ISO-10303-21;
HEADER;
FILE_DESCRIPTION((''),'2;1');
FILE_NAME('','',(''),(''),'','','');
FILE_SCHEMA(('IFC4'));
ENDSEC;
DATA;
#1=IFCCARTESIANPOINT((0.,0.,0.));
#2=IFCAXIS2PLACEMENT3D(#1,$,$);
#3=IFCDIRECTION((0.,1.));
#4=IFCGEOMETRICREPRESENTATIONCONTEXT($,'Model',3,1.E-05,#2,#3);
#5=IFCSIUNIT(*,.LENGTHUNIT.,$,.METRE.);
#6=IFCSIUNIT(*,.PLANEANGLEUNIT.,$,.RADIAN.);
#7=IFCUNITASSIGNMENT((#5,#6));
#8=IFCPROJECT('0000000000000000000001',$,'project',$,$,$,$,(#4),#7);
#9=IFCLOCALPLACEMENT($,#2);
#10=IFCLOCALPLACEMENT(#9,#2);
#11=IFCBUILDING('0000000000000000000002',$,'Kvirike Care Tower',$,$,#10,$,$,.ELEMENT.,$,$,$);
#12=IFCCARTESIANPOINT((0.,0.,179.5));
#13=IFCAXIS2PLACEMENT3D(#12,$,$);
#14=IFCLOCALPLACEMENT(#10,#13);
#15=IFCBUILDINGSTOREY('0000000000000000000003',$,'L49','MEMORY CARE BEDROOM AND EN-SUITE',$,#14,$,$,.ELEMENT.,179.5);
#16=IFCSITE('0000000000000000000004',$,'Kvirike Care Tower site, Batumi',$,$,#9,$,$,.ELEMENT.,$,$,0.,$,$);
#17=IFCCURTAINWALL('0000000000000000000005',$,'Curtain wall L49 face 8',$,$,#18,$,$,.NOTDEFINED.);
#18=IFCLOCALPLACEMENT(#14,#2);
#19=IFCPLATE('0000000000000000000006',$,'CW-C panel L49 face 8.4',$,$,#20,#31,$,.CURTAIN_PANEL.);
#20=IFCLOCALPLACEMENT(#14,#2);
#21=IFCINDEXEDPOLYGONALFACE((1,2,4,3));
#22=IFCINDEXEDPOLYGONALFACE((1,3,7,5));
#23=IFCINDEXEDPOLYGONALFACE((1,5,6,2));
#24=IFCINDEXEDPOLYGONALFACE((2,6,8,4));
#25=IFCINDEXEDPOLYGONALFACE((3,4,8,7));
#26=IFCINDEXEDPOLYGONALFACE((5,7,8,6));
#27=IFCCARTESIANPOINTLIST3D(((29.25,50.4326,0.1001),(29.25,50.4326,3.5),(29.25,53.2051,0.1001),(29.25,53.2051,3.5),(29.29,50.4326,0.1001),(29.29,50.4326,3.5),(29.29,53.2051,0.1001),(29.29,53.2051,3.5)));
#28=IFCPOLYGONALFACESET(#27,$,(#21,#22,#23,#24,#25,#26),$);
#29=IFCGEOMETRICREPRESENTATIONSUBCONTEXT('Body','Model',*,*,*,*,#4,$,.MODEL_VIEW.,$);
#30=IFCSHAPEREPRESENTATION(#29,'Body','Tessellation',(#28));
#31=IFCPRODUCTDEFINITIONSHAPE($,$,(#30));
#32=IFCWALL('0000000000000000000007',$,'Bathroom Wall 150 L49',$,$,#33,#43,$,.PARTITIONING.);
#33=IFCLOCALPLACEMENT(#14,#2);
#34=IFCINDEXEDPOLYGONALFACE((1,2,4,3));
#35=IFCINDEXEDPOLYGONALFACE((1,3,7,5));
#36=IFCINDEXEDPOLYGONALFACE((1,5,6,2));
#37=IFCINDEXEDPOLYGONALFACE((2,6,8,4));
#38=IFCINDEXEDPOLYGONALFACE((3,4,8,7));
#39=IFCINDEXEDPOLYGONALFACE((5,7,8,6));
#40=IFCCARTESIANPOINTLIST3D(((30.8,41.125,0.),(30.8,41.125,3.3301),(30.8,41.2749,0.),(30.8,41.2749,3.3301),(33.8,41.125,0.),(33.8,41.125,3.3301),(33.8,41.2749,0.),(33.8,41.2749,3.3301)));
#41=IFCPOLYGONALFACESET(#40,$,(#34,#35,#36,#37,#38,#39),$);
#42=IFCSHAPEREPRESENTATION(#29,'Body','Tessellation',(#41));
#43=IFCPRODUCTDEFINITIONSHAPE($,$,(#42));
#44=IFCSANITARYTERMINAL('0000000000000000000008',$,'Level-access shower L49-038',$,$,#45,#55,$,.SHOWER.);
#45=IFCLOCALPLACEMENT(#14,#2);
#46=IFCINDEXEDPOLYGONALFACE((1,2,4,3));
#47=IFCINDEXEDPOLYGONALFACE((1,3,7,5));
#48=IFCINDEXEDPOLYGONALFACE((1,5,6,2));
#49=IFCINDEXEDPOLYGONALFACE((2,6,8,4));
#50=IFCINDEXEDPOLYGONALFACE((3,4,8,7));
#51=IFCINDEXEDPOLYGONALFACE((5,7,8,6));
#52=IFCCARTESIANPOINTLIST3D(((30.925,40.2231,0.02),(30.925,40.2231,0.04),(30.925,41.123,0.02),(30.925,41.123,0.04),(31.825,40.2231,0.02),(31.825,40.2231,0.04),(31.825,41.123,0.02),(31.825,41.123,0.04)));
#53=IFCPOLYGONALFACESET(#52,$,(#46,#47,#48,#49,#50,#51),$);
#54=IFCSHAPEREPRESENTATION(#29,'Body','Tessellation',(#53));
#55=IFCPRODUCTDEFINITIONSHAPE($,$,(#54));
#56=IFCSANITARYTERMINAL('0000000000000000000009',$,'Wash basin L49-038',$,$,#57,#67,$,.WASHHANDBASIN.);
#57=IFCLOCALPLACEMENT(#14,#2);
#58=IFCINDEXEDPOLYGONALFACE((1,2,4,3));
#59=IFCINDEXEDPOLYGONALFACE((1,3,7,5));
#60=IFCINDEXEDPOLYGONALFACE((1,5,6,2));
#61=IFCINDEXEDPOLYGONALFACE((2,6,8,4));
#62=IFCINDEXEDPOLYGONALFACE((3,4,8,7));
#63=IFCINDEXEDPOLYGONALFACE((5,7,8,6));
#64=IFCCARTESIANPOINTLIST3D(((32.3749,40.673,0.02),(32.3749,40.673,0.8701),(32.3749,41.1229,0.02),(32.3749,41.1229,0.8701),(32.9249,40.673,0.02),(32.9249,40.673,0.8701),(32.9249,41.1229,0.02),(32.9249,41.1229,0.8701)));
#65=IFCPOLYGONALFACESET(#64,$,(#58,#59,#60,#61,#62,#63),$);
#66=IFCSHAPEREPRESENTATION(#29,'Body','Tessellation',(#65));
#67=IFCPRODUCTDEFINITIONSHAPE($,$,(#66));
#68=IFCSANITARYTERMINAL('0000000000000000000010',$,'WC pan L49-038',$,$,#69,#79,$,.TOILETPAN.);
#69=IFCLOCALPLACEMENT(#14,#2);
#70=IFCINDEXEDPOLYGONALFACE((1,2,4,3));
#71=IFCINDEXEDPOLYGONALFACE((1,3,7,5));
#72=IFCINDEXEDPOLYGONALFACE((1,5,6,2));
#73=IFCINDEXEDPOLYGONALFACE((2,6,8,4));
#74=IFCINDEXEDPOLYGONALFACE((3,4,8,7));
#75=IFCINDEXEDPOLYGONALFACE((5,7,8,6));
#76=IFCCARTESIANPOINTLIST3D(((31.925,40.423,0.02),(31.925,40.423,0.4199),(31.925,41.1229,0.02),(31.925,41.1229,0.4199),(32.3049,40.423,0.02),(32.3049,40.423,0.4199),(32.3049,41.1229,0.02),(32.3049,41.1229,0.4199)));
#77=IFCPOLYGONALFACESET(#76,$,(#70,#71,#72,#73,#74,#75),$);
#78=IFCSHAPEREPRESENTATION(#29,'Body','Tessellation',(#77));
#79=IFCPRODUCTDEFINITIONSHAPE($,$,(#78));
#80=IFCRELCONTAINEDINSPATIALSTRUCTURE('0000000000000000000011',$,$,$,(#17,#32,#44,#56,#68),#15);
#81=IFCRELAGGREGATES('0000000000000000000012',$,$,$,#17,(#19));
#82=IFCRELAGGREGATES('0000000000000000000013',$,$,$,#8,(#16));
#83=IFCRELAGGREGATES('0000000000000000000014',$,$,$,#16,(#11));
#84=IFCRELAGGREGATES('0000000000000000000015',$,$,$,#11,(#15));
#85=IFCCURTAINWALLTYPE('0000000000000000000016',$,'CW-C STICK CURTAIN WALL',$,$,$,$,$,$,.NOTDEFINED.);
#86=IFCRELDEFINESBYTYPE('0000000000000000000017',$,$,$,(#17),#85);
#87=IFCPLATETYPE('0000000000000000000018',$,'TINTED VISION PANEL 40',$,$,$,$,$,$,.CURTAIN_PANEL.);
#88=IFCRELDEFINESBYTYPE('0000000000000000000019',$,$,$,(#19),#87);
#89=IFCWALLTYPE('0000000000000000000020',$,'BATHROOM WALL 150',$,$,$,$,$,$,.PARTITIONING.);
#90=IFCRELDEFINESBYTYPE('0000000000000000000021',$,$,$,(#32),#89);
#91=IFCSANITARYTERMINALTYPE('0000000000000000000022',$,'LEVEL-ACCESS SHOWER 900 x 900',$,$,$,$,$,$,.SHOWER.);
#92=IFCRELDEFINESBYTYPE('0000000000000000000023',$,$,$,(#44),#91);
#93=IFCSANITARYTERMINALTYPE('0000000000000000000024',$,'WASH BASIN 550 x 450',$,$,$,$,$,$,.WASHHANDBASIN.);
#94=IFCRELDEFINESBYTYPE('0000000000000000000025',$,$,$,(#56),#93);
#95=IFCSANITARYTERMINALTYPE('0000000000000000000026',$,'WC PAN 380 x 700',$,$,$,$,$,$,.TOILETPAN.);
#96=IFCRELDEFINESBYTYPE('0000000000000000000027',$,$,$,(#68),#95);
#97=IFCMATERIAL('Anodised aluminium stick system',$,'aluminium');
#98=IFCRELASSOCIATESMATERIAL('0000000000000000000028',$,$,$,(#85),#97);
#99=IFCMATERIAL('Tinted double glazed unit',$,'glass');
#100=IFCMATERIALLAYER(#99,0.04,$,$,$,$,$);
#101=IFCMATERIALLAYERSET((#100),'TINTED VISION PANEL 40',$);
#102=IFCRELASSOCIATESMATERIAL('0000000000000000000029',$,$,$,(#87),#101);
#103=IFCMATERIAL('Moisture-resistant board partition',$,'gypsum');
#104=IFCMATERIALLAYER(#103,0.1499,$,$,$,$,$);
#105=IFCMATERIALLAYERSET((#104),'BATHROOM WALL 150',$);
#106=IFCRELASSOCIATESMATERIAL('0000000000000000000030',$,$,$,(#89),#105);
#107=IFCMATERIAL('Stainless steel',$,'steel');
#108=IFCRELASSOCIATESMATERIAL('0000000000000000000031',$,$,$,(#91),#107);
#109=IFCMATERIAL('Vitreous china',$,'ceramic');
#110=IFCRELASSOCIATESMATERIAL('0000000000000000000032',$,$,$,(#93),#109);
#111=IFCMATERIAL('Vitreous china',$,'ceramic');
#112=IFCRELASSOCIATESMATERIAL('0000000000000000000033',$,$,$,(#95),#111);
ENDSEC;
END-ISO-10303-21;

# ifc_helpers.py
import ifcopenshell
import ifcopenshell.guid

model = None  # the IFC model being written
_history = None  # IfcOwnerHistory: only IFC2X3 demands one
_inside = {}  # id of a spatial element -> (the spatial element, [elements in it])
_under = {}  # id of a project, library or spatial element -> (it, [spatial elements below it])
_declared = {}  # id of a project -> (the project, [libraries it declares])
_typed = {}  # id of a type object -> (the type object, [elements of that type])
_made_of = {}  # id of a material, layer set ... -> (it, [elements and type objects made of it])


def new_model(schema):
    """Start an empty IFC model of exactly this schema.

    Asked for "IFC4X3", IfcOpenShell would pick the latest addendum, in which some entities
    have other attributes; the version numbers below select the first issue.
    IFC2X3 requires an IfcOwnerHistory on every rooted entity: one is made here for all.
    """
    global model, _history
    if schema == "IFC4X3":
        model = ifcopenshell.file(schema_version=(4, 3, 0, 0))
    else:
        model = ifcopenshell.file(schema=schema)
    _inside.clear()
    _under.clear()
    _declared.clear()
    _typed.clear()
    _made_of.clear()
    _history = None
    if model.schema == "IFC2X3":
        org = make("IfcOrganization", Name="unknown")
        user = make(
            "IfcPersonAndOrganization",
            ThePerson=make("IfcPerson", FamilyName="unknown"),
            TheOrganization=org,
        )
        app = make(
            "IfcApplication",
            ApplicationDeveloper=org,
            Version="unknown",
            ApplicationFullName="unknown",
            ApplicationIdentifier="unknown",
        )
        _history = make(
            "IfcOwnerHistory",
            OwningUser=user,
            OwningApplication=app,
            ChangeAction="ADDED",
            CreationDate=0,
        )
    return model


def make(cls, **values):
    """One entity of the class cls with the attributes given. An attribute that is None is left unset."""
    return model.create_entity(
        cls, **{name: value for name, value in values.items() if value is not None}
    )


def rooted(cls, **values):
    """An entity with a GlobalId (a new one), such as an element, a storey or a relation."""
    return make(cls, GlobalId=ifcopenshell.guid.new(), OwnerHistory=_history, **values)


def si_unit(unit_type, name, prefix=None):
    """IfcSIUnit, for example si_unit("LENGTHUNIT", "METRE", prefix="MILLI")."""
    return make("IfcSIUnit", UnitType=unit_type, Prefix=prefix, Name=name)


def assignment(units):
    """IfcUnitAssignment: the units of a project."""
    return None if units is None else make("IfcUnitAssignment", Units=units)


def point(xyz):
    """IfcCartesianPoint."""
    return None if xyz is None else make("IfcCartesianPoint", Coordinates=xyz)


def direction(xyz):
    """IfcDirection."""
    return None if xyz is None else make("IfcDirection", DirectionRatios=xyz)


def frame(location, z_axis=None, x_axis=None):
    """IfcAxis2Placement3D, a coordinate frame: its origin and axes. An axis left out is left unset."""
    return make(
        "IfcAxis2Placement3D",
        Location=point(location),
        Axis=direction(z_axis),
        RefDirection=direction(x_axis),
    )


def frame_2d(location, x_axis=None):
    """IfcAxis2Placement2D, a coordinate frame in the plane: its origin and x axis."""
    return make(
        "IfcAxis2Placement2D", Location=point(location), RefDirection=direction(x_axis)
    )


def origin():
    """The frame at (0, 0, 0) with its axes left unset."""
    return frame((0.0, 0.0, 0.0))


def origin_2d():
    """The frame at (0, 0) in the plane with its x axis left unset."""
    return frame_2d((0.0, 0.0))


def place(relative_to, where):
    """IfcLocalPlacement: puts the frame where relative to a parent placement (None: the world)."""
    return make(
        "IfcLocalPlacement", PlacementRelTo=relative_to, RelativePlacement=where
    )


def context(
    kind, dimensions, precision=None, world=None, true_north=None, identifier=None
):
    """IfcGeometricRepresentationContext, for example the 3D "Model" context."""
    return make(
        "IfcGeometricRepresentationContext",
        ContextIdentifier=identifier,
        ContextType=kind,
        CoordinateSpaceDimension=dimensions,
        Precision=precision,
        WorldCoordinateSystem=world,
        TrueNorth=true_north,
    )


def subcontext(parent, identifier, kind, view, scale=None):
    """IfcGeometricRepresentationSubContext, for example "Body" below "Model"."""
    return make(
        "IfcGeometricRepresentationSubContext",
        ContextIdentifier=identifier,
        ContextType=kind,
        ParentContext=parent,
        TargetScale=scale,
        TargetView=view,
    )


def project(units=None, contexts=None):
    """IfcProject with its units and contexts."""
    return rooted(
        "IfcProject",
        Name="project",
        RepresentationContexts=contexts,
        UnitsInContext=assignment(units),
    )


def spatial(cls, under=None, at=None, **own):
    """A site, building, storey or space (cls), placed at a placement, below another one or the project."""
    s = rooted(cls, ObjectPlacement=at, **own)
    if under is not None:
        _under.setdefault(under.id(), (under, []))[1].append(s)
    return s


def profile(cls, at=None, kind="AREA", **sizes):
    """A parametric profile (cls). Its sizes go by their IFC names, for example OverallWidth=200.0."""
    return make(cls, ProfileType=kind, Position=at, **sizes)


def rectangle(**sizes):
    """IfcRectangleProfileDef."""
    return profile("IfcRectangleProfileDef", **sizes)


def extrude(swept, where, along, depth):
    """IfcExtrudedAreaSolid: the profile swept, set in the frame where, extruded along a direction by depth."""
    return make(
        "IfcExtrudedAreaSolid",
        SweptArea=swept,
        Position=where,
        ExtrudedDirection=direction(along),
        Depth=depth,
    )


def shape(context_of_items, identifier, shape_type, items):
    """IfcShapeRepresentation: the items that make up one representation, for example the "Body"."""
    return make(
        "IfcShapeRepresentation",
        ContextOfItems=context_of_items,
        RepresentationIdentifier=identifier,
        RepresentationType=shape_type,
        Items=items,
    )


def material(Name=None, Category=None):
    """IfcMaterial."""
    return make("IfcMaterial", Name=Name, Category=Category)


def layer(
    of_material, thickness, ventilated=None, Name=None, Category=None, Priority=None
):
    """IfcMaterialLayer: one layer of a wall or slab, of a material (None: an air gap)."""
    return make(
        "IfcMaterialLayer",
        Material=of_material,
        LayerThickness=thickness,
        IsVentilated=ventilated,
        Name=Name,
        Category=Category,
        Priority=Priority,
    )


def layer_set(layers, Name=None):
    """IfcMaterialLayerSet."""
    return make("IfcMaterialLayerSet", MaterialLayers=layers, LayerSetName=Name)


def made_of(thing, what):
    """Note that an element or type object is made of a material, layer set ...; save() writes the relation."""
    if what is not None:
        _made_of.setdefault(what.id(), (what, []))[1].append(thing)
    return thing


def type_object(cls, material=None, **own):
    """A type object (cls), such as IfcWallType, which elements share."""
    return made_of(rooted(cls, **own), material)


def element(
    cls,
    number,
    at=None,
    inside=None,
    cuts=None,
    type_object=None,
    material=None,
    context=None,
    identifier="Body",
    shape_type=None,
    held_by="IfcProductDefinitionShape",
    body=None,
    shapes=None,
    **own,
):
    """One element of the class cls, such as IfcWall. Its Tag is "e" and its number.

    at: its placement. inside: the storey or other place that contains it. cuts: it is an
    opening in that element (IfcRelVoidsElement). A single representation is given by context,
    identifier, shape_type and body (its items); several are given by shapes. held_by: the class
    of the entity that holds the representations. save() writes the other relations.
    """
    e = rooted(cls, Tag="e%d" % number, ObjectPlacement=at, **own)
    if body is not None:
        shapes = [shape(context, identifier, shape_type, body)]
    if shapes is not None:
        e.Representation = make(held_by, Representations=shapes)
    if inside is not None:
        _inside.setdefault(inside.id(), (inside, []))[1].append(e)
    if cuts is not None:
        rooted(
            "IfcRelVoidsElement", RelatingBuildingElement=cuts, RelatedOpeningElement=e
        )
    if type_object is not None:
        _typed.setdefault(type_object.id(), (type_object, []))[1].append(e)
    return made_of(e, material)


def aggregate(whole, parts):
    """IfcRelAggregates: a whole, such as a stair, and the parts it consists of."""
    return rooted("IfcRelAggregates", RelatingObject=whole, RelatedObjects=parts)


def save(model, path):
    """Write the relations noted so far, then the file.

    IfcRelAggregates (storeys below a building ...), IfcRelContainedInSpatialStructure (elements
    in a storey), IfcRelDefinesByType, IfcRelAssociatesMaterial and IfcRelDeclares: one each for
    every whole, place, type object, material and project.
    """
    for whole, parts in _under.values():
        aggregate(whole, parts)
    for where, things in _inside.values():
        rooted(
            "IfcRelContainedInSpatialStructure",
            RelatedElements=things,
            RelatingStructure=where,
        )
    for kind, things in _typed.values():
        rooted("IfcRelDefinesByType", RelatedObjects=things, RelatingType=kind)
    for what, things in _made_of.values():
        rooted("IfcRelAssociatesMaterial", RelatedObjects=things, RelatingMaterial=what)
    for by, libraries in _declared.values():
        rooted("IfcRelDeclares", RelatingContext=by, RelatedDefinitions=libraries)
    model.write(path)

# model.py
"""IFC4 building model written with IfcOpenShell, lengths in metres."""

from ifc_helpers import new_model, si_unit, direction, frame, frame_2d, origin, origin_2d, place, context, subcontext, project, spatial, rectangle, extrude, material, layer, layer_set, type_object, element, aggregate, save


model = new_model("IFC4")

# Units and contexts
model_context = context("Model", 3, precision=1e-05, world=origin(), true_north=direction((0.0, 1.0)))
body_context = subcontext(model_context, "Body", "Model", "MODEL_VIEW")
ifc_project = project(units=[si_unit("LENGTHUNIT", "METRE"), si_unit("PLANEANGLEUNIT", "RADIAN")], contexts=[model_context])

# Site, building, storey
site_placement = place(None, origin())
site = spatial("IfcSite", under=ifc_project, at=site_placement, Name="Kvirike Care Tower site, Batumi", CompositionType="ELEMENT", RefElevation=0.0)
building_placement = place(site_placement, origin())
building = spatial("IfcBuilding", under=site, at=building_placement, Name="Kvirike Care Tower", CompositionType="ELEMENT")
storey_placement = place(building_placement, frame((0.0, 0.0, 179.5)))
storey = spatial("IfcBuildingStorey", under=building, at=storey_placement, Name="L49", Description="MEMORY CARE BEDROOM AND EN-SUITE", CompositionType="ELEMENT", Elevation=179.5)

# Curtain wall
ifc_material_1 = material(Name="Anodised aluminium stick system", Category="aluminium")
curtain_wall_type = type_object("IfcCurtainWallType", Name="CW-C STICK CURTAIN WALL", PredefinedType="NOTDEFINED", material=ifc_material_1)
curtain_wall_1_placement = place(storey_placement, origin())
curtain_wall_1 = element("IfcCurtainWall", 1, at=curtain_wall_1_placement, inside=storey, type_object=curtain_wall_type, Name="Curtain wall L49 face 8", PredefinedType="NOTDEFINED")

# Plate
ifc_material_2 = material(Name="Tinted double glazed unit", Category="glass")
ifc_layer_1 = layer(ifc_material_2, 0.04)
ifc_layer_set_1 = layer_set([ifc_layer_1], Name="TINTED VISION PANEL 40")
plate_type = type_object("IfcPlateType", Name="TINTED VISION PANEL 40", PredefinedType="CURTAIN_PANEL", material=ifc_layer_set_1)
plate_1_placement = place(storey_placement, frame((29.27, 51.8188, 0.1001), z_axis=(0.0, 0.0, 1.0), x_axis=(0.0, 1.0, 0.0)))
plate_1 = element("IfcPlate", 2, at=plate_1_placement, type_object=plate_type, Name="CW-C panel L49 face 8.4", PredefinedType="CURTAIN_PANEL", context=body_context, shape_type="SweptSolid", body=[
    extrude(rectangle(XDim=2.7725, YDim=0.04, at=origin_2d()), origin(), (0.0, 0.0, 1.0), 3.3999),
])
aggregate(curtain_wall_1, [plate_1])

# Wall
ifc_material_3 = material(Name="Moisture-resistant board partition", Category="gypsum")
ifc_layer_2 = layer(ifc_material_3, 0.1499)
ifc_layer_set_2 = layer_set([ifc_layer_2], Name="BATHROOM WALL 150")
wall_type = type_object("IfcWallType", Name="BATHROOM WALL 150", PredefinedType="PARTITIONING", material=ifc_layer_set_2)
wall_placement = place(storey_placement, frame((33.8, 41.2, 0.0), z_axis=(0.0, 0.0, 1.0), x_axis=(-1.0, 0.0, 0.0)))
element("IfcWall", 3, at=wall_placement, inside=storey, type_object=wall_type, Name="Bathroom Wall 150 L49", PredefinedType="PARTITIONING", context=body_context, shape_type="SweptSolid", body=[
    extrude(rectangle(XDim=3.0, YDim=0.1499, at=frame_2d((1.5, 0.0))), origin(), (0.0, 0.0, 1.0), 3.3301),
])

# Sanitary terminals
ifc_material_4 = material(Name="Stainless steel", Category="steel")
sanitary_terminal_type_1 = type_object("IfcSanitaryTerminalType", Name="LEVEL-ACCESS SHOWER 900 x 900", PredefinedType="SHOWER", material=ifc_material_4)
sanitary_terminal_1_placement = place(storey_placement, frame((31.375, 40.6731, 0.02), z_axis=(0.0, 0.0, 1.0), x_axis=(1.0, 0.0, 0.0)))
element("IfcSanitaryTerminal", 4, at=sanitary_terminal_1_placement, inside=storey, type_object=sanitary_terminal_type_1, Name="Level-access shower L49-038", PredefinedType="SHOWER", context=body_context, shape_type="SweptSolid", body=[
    extrude(rectangle(XDim=0.8999, YDim=0.8999, at=origin_2d()), origin(), (0.0, 0.0, 1.0), 0.02),
])
ifc_material_5 = material(Name="Vitreous china", Category="ceramic")
sanitary_terminal_type_2 = type_object("IfcSanitaryTerminalType", Name="WASH BASIN 550 x 450", PredefinedType="WASHHANDBASIN", material=ifc_material_5)
sanitary_terminal_2_placement = place(storey_placement, frame((32.6499, 40.8979, 0.02), z_axis=(0.0, 0.0, 1.0), x_axis=(1.0, 0.0, 0.0)))
element("IfcSanitaryTerminal", 5, at=sanitary_terminal_2_placement, inside=storey, type_object=sanitary_terminal_type_2, Name="Wash basin L49-038", PredefinedType="WASHHANDBASIN", context=body_context, shape_type="SweptSolid", body=[
    extrude(rectangle(XDim=0.55, YDim=0.45, at=origin_2d()), origin(), (0.0, 0.0, 1.0), 0.8501),
])
ifc_material_6 = material(Name="Vitreous china", Category="ceramic")
sanitary_terminal_type_3 = type_object("IfcSanitaryTerminalType", Name="WC PAN 380 x 700", PredefinedType="TOILETPAN", material=ifc_material_6)
sanitary_terminal_3_placement = place(storey_placement, frame((32.115, 40.7729, 0.02), z_axis=(0.0, 0.0, 1.0), x_axis=(1.0, 0.0, 0.0)))
element("IfcSanitaryTerminal", 6, at=sanitary_terminal_3_placement, inside=storey, type_object=sanitary_terminal_type_3, Name="WC pan L49-038", PredefinedType="TOILETPAN", context=body_context, shape_type="SweptSolid", body=[
    extrude(rectangle(XDim=0.3799, YDim=0.7, at=origin_2d()), origin(), (0.0, 0.0, 1.0), 0.3999),
])

save(model, "model.ifc")
